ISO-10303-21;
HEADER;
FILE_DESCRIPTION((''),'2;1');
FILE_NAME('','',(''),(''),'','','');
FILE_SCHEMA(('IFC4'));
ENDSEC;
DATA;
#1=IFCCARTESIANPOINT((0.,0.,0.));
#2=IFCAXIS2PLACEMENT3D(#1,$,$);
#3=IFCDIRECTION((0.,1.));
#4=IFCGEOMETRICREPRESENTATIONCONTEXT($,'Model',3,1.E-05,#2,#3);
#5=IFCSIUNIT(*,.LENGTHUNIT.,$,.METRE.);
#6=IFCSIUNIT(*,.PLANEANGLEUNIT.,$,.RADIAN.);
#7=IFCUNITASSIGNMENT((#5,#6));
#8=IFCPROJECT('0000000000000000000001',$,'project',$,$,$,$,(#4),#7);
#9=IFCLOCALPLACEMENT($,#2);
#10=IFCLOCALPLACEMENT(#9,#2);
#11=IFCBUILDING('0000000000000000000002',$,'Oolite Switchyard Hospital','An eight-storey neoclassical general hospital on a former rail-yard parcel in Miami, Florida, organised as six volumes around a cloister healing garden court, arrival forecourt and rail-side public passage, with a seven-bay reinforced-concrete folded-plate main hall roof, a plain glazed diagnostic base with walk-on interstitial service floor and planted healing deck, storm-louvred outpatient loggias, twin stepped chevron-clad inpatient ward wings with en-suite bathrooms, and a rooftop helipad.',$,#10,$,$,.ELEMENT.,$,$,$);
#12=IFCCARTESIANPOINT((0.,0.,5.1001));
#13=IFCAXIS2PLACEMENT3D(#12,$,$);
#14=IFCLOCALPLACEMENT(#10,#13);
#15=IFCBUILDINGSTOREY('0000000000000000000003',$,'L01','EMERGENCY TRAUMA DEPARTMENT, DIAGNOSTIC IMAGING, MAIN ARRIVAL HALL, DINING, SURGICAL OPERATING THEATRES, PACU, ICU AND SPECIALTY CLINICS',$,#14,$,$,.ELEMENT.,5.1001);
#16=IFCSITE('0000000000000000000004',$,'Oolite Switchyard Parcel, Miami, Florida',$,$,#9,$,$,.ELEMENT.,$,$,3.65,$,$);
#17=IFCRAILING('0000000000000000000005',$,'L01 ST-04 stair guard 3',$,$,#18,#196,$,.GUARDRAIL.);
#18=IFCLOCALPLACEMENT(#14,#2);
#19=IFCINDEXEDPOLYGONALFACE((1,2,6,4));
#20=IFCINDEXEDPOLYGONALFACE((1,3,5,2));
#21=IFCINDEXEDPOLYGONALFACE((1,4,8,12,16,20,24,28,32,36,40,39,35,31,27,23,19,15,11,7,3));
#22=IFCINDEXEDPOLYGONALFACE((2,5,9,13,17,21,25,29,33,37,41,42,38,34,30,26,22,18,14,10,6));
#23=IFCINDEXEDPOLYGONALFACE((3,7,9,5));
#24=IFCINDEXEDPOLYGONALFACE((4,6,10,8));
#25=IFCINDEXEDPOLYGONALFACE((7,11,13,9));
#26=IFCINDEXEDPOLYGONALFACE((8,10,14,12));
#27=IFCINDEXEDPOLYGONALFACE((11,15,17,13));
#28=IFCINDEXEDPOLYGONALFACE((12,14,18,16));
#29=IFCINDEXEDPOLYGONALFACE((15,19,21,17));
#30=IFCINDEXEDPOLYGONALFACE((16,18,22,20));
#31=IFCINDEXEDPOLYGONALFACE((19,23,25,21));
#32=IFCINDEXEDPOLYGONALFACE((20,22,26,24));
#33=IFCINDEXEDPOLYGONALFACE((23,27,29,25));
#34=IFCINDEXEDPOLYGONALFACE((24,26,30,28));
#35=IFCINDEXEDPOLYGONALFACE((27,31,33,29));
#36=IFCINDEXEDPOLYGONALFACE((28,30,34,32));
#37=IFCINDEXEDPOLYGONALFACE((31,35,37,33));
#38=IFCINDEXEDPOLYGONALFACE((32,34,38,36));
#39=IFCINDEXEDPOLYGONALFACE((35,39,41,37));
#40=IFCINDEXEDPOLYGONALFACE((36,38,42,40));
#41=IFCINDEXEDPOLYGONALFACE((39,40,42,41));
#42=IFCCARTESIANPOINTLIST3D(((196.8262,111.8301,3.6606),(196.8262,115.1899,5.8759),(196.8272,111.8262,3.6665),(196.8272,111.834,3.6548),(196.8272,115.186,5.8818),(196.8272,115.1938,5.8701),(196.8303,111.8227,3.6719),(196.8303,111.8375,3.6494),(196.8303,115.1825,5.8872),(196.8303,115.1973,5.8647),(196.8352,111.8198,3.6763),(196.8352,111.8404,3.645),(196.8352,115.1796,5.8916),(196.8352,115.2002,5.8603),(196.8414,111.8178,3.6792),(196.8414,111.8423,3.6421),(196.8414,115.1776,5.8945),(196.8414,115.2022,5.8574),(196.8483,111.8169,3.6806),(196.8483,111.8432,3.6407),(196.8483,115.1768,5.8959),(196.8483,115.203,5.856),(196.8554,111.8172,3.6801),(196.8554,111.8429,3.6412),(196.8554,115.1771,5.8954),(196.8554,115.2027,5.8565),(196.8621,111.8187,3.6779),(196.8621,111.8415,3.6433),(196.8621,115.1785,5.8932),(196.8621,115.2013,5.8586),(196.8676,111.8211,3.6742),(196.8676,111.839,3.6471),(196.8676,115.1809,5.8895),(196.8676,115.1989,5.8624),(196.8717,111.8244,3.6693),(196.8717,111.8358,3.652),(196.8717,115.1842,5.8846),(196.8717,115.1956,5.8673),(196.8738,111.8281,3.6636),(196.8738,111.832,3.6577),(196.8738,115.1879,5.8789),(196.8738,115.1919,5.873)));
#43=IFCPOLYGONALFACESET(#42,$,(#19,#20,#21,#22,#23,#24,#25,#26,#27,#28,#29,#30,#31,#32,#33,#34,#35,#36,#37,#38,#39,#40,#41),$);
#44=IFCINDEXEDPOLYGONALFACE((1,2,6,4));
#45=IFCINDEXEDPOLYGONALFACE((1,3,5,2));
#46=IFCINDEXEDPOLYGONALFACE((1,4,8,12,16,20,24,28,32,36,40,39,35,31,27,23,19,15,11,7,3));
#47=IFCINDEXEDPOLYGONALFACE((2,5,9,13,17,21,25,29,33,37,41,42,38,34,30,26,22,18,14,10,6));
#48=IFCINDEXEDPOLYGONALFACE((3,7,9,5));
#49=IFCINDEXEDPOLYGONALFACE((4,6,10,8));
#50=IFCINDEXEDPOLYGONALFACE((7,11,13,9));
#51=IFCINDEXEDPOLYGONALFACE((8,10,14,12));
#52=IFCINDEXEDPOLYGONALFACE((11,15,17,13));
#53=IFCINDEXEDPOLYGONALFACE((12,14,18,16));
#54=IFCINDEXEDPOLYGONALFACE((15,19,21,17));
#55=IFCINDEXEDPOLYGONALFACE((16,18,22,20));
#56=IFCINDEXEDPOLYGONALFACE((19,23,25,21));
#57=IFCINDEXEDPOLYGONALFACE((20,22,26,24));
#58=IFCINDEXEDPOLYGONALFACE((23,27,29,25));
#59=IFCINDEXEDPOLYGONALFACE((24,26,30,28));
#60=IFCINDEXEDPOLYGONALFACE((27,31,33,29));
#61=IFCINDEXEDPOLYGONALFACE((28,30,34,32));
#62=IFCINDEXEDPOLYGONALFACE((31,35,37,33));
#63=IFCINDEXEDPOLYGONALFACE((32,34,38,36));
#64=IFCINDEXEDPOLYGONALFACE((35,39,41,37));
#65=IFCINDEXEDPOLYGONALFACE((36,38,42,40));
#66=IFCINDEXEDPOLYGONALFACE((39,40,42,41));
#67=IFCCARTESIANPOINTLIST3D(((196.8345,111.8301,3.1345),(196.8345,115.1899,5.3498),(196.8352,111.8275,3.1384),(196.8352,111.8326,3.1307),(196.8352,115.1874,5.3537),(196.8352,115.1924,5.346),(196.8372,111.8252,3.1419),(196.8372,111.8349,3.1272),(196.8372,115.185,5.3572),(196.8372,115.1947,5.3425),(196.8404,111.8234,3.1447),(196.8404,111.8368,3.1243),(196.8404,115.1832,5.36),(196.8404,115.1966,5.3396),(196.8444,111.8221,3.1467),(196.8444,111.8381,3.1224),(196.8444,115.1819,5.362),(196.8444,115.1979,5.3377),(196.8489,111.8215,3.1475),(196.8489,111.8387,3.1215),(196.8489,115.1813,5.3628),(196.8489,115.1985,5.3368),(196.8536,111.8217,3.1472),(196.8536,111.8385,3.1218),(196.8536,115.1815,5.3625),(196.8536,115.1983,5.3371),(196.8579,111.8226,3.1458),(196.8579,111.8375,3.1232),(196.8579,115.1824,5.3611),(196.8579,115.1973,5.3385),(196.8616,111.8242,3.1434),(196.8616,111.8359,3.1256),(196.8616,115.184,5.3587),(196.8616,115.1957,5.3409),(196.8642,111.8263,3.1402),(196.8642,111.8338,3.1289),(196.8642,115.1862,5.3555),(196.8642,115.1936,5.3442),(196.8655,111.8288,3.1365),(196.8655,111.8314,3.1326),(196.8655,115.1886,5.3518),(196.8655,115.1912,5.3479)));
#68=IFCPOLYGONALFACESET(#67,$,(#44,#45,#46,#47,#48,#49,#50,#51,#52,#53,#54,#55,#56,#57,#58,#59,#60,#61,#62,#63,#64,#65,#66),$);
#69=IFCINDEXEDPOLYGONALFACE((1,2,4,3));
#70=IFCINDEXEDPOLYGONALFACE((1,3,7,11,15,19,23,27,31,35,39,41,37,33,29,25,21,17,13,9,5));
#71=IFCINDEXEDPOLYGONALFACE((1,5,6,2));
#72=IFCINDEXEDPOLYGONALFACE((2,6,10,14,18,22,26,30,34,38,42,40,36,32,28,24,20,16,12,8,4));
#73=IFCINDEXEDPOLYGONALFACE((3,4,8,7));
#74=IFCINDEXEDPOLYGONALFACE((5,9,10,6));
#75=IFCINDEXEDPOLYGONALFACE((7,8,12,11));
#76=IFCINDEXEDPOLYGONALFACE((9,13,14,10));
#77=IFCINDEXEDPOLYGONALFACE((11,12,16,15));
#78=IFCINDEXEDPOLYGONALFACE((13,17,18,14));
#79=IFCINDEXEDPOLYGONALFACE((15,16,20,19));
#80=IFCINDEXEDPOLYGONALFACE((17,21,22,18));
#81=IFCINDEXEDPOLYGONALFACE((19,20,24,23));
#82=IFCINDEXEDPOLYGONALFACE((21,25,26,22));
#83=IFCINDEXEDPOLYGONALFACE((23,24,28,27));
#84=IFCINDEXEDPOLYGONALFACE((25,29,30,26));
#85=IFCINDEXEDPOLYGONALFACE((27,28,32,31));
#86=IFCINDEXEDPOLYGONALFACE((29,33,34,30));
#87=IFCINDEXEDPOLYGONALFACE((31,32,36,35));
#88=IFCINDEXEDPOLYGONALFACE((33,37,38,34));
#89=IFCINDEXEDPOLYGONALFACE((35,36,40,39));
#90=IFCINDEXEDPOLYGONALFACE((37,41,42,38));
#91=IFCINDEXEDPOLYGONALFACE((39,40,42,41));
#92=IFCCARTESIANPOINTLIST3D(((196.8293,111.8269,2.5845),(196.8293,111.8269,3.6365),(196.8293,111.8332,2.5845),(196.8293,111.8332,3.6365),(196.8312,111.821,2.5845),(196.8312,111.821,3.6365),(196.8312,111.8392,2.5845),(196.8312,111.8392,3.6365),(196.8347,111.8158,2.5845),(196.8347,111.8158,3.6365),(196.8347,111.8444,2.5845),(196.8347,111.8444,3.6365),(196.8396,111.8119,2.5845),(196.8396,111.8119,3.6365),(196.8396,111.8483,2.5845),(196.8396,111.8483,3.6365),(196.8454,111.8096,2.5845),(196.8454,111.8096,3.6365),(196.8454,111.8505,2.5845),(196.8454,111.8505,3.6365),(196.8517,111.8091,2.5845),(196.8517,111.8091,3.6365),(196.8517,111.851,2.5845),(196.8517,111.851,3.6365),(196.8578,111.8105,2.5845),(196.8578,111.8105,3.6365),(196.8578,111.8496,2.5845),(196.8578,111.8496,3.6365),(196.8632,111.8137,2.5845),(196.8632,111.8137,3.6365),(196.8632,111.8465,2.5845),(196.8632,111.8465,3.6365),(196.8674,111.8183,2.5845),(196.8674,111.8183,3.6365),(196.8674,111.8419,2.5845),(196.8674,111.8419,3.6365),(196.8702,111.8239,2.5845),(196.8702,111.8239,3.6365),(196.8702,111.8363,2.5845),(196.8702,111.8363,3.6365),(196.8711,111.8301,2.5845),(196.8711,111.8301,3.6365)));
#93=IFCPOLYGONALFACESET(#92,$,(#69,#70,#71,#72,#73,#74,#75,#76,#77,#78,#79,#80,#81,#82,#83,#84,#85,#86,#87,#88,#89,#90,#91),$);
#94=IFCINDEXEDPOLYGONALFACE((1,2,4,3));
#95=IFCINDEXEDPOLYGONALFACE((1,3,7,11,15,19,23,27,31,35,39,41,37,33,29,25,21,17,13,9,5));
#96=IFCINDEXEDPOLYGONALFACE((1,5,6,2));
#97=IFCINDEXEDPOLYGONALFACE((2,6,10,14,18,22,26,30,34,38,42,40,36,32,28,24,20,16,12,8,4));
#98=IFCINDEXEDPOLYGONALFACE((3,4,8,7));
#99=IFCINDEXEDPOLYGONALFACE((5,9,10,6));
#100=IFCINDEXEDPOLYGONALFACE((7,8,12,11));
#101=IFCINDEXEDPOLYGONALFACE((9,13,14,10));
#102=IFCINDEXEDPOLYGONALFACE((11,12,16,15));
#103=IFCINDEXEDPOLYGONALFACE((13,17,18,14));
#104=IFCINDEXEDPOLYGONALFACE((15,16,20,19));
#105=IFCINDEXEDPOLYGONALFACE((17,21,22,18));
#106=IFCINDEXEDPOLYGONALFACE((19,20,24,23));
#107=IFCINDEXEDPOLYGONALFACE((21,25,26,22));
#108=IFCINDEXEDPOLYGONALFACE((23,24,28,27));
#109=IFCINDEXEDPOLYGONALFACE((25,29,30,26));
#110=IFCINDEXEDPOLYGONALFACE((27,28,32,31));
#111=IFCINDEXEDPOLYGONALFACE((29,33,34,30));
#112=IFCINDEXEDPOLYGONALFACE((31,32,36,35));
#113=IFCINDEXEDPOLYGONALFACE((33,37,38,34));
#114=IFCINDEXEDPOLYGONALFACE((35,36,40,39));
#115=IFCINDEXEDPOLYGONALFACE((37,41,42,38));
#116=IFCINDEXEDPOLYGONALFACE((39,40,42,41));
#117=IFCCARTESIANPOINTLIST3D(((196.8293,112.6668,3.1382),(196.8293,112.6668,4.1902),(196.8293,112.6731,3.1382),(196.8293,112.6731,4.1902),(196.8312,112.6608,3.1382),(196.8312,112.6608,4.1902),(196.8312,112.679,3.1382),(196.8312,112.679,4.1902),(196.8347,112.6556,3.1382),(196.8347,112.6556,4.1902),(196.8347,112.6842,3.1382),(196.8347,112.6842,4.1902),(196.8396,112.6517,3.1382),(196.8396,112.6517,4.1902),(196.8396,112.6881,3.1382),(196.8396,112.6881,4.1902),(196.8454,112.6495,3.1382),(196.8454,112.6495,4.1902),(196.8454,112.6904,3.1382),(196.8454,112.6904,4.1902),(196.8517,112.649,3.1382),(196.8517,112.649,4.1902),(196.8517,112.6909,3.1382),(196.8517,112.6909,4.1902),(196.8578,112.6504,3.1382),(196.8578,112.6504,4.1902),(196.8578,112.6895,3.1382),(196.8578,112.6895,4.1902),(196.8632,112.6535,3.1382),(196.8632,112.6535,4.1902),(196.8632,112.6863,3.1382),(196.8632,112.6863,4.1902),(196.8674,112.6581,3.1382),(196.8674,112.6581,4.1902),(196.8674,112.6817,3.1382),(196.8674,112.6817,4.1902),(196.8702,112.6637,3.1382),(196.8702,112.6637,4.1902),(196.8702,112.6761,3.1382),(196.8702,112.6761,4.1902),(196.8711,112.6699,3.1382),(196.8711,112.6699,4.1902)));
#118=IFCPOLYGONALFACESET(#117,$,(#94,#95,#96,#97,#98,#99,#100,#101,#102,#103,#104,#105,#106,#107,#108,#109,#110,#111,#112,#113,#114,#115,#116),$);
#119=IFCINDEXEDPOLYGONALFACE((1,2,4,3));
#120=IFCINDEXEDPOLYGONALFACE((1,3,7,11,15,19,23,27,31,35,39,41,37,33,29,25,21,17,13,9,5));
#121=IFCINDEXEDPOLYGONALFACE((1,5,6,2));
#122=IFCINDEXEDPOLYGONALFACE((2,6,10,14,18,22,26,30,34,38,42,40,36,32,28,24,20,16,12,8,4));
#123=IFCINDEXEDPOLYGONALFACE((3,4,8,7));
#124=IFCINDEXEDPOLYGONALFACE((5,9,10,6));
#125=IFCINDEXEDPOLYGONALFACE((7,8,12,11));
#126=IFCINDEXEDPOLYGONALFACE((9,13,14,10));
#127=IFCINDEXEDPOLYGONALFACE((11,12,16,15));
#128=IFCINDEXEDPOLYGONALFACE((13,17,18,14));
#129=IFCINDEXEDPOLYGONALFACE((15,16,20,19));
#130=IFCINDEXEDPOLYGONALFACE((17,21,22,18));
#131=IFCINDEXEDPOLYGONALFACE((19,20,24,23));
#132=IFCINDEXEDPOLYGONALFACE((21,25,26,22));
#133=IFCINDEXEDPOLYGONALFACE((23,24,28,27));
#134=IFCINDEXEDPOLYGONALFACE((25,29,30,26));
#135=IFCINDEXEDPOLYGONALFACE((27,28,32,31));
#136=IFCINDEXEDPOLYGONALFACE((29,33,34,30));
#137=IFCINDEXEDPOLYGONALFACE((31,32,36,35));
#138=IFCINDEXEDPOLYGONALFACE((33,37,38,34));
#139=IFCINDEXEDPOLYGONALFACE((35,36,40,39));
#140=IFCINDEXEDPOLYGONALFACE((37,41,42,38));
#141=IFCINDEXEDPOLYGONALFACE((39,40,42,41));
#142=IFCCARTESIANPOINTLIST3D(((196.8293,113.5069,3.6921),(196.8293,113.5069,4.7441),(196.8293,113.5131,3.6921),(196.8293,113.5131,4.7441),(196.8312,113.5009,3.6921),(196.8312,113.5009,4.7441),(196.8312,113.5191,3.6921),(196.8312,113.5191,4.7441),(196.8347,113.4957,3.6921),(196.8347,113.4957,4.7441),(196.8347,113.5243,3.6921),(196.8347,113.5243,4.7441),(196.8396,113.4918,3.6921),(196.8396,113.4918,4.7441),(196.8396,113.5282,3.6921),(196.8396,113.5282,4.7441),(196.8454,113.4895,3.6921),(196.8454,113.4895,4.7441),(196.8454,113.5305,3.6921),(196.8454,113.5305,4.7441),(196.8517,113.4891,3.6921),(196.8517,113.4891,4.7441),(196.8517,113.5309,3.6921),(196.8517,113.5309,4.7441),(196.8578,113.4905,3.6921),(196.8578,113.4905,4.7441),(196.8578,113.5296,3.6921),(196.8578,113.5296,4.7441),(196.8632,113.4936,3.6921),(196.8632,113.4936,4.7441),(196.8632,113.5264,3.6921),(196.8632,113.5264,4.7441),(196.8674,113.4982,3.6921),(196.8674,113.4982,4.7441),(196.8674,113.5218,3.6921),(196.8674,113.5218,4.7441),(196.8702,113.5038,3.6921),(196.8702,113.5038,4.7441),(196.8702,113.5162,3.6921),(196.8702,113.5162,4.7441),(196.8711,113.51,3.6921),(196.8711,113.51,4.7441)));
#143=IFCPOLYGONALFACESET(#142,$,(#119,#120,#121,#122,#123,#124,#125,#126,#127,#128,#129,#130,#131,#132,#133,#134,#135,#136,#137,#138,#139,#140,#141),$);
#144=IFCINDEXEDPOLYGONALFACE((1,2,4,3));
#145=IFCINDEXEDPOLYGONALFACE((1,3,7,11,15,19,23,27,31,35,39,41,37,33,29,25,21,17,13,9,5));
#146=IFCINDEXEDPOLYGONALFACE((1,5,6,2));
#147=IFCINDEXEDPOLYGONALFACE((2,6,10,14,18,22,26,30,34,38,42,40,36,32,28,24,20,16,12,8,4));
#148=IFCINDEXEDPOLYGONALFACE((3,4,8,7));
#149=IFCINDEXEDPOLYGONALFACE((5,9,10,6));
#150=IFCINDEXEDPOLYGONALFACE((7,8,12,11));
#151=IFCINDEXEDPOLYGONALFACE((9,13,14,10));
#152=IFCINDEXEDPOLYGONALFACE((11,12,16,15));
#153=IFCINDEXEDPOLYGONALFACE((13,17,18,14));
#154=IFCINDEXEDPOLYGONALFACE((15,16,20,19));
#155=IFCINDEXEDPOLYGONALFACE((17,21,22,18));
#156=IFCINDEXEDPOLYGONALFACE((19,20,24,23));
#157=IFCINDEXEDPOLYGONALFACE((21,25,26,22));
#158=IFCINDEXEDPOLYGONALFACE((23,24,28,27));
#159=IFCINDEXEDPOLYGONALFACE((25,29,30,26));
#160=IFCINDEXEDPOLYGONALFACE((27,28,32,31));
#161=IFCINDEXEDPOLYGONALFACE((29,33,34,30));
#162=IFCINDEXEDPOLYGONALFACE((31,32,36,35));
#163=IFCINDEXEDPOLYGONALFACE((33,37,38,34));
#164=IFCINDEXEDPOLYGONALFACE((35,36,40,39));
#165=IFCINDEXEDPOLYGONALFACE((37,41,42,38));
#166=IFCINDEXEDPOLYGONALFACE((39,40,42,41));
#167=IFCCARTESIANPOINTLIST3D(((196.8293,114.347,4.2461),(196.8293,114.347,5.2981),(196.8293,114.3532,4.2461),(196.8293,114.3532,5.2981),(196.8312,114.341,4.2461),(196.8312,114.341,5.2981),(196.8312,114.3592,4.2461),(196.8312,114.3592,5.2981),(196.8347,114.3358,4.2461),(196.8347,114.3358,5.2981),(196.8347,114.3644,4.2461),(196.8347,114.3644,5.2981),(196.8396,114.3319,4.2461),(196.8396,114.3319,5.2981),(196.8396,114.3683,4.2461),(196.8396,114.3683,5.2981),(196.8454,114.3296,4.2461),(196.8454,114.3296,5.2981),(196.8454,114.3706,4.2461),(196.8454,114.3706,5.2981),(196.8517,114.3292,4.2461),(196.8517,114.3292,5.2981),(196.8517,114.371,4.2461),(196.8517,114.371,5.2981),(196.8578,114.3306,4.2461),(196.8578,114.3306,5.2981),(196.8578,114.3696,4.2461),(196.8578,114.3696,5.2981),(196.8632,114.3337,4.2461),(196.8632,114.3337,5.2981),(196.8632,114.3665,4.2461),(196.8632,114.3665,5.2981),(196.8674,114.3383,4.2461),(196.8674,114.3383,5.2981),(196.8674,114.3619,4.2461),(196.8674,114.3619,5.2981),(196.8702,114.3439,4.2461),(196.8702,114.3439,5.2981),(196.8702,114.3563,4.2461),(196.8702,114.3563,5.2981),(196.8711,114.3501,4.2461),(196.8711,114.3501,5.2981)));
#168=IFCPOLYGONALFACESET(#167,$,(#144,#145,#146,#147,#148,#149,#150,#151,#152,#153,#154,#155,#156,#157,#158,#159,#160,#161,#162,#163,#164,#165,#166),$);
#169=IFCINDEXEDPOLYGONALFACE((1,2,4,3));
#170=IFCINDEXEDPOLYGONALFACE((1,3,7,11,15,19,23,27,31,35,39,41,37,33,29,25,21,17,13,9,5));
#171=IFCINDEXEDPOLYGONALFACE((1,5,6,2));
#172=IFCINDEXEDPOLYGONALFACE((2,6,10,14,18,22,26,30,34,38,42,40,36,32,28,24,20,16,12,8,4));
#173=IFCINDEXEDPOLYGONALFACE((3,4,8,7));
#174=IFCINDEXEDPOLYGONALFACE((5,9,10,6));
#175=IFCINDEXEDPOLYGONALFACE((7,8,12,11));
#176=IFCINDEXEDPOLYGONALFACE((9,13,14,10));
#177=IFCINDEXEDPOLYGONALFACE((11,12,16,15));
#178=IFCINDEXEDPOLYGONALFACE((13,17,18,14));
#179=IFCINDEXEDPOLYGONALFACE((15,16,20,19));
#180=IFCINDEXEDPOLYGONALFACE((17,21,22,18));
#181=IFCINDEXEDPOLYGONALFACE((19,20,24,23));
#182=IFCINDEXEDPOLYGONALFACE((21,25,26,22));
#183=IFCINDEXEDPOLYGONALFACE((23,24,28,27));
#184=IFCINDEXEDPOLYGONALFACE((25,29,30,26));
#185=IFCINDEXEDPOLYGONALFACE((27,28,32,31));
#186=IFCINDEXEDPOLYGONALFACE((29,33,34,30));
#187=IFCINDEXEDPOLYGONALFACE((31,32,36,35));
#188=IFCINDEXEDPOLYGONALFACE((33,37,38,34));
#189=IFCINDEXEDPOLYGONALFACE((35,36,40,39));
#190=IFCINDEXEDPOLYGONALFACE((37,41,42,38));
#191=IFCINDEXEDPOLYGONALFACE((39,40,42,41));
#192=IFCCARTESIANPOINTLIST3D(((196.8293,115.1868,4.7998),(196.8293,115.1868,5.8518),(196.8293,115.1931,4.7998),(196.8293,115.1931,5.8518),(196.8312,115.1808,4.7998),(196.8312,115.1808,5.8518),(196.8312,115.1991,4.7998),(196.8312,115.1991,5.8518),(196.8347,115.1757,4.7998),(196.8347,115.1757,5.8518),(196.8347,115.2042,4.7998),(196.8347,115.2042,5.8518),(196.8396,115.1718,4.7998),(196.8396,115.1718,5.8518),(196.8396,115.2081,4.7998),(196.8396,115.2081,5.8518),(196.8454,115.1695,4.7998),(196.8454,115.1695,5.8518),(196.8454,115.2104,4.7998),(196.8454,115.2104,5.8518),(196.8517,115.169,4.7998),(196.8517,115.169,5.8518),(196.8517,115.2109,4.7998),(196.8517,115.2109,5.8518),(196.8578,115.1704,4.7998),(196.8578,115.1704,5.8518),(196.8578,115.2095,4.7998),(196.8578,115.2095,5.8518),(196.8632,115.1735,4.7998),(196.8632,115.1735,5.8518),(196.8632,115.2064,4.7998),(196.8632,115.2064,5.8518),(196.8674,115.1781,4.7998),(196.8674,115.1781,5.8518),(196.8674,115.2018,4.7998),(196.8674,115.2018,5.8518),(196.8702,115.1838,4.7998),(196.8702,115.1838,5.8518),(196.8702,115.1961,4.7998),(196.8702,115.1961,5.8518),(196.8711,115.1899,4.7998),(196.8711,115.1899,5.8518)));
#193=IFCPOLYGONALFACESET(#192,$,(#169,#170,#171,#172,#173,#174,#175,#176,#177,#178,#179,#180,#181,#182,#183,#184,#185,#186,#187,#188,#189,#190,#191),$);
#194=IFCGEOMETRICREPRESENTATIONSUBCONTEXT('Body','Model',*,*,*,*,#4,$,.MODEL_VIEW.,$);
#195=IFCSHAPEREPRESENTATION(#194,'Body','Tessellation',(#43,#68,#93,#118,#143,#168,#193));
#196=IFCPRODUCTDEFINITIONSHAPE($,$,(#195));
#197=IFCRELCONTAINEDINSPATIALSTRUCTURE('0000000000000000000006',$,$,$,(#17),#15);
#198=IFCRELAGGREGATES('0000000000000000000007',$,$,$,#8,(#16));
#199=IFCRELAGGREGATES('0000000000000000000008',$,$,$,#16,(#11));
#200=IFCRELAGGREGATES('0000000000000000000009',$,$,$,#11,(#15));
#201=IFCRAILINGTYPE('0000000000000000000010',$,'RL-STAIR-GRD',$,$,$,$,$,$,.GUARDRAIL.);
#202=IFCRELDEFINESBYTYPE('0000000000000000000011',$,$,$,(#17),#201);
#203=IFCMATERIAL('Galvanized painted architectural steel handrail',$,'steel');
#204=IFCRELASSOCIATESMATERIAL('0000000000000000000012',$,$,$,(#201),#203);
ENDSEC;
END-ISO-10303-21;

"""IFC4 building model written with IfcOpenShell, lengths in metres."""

from ifc_helpers import new_model, si_unit, direction, frame, origin, origin_2d, place, context, subcontext, project, spatial, circle, extrude, material, type_object, element, save


model = new_model("IFC4")

# Units and contexts
model_context = context("Model", 3, precision=1e-05, world=origin(), true_north=direction((0.0, 1.0)))
body_context = subcontext(model_context, "Body", "Model", "MODEL_VIEW")
ifc_project = project(units=[si_unit("LENGTHUNIT", "METRE"), si_unit("PLANEANGLEUNIT", "RADIAN")], contexts=[model_context])

# Site, building, storey
site_placement = place(None, origin())
site = spatial("IfcSite", under=ifc_project, at=site_placement, Name="Oolite Switchyard Parcel, Miami, Florida", CompositionType="ELEMENT", RefElevation=3.65)
building_placement = place(site_placement, origin())
building = spatial("IfcBuilding", under=site, at=building_placement, Name="Oolite Switchyard Hospital", Description="An eight-storey neoclassical general hospital on a former rail-yard parcel in Miami, Florida, organised as six volumes around a cloister healing garden court, arrival forecourt and rail-side public passage, with a seven-bay reinforced-concrete folded-plate main hall roof, a plain glazed diagnostic base with walk-on interstitial service floor and planted healing deck, storm-louvred outpatient loggias, twin stepped chevron-clad inpatient ward wings with en-suite bathrooms, and a rooftop helipad.", CompositionType="ELEMENT")
storey_placement = place(building_placement, frame((0.0, 0.0, 5.1001)))
storey = spatial("IfcBuildingStorey", under=building, at=storey_placement, Name="L01", Description="EMERGENCY TRAUMA DEPARTMENT, DIAGNOSTIC IMAGING, MAIN ARRIVAL HALL, DINING, SURGICAL OPERATING THEATRES, PACU, ICU AND SPECIALTY CLINICS", CompositionType="ELEMENT", Elevation=5.1001)

# Railing
ifc_material_1 = material(Name="Galvanized painted architectural steel handrail", Category="steel")
railing_type_1 = type_object("IfcRailingType", Name="RL-STAIR-GRD", PredefinedType="GUARDRAIL", material=ifc_material_1)
railing_1_placement = place(storey_placement, frame((196.8501, 111.8301, 2.5845)))
element("IfcRailing", 1, at=railing_1_placement, inside=storey, type_object=railing_type_1, Name="L01 ST-04 stair guard 3", PredefinedType="GUARDRAIL", context=body_context, shape_type="SweptSolid", body=[
    extrude(circle(Radius=0.0239, at=origin_2d()), frame((0.0, 0.0, 1.0762), z_axis=(0.0, 0.834858, 0.550465), x_axis=(-1.0, 0.0, 0.0)), (0.0, 0.0, 1.0), 4.0244),
    extrude(circle(Radius=0.0156, at=origin_2d()), frame((0.0, 0.0, 0.55), z_axis=(0.0, 0.834858, 0.550465), x_axis=(-1.0, 0.0, 0.0)), (0.0, 0.0, 1.0), 4.0244),
    extrude(circle(Radius=0.021, at=origin_2d()), origin(), (0.0, 0.0, 1.0), 1.052),
    extrude(circle(Radius=0.021, at=origin_2d()), frame((0.0, 0.8398, 0.5537)), (0.0, 0.0, 1.0), 1.052),
    extrude(circle(Radius=0.021, at=origin_2d()), frame((0.0, 1.6799, 1.1077)), (0.0, 0.0, 1.0), 1.052),
    extrude(circle(Radius=0.021, at=origin_2d()), frame((0.0, 2.52, 1.6616)), (0.0, 0.0, 1.0), 1.052),
    extrude(circle(Radius=0.021, at=origin_2d()), frame((0.0, 3.3599, 2.2153)), (0.0, 0.0, 1.0), 1.052),
])

save(model, "model.ifc")
